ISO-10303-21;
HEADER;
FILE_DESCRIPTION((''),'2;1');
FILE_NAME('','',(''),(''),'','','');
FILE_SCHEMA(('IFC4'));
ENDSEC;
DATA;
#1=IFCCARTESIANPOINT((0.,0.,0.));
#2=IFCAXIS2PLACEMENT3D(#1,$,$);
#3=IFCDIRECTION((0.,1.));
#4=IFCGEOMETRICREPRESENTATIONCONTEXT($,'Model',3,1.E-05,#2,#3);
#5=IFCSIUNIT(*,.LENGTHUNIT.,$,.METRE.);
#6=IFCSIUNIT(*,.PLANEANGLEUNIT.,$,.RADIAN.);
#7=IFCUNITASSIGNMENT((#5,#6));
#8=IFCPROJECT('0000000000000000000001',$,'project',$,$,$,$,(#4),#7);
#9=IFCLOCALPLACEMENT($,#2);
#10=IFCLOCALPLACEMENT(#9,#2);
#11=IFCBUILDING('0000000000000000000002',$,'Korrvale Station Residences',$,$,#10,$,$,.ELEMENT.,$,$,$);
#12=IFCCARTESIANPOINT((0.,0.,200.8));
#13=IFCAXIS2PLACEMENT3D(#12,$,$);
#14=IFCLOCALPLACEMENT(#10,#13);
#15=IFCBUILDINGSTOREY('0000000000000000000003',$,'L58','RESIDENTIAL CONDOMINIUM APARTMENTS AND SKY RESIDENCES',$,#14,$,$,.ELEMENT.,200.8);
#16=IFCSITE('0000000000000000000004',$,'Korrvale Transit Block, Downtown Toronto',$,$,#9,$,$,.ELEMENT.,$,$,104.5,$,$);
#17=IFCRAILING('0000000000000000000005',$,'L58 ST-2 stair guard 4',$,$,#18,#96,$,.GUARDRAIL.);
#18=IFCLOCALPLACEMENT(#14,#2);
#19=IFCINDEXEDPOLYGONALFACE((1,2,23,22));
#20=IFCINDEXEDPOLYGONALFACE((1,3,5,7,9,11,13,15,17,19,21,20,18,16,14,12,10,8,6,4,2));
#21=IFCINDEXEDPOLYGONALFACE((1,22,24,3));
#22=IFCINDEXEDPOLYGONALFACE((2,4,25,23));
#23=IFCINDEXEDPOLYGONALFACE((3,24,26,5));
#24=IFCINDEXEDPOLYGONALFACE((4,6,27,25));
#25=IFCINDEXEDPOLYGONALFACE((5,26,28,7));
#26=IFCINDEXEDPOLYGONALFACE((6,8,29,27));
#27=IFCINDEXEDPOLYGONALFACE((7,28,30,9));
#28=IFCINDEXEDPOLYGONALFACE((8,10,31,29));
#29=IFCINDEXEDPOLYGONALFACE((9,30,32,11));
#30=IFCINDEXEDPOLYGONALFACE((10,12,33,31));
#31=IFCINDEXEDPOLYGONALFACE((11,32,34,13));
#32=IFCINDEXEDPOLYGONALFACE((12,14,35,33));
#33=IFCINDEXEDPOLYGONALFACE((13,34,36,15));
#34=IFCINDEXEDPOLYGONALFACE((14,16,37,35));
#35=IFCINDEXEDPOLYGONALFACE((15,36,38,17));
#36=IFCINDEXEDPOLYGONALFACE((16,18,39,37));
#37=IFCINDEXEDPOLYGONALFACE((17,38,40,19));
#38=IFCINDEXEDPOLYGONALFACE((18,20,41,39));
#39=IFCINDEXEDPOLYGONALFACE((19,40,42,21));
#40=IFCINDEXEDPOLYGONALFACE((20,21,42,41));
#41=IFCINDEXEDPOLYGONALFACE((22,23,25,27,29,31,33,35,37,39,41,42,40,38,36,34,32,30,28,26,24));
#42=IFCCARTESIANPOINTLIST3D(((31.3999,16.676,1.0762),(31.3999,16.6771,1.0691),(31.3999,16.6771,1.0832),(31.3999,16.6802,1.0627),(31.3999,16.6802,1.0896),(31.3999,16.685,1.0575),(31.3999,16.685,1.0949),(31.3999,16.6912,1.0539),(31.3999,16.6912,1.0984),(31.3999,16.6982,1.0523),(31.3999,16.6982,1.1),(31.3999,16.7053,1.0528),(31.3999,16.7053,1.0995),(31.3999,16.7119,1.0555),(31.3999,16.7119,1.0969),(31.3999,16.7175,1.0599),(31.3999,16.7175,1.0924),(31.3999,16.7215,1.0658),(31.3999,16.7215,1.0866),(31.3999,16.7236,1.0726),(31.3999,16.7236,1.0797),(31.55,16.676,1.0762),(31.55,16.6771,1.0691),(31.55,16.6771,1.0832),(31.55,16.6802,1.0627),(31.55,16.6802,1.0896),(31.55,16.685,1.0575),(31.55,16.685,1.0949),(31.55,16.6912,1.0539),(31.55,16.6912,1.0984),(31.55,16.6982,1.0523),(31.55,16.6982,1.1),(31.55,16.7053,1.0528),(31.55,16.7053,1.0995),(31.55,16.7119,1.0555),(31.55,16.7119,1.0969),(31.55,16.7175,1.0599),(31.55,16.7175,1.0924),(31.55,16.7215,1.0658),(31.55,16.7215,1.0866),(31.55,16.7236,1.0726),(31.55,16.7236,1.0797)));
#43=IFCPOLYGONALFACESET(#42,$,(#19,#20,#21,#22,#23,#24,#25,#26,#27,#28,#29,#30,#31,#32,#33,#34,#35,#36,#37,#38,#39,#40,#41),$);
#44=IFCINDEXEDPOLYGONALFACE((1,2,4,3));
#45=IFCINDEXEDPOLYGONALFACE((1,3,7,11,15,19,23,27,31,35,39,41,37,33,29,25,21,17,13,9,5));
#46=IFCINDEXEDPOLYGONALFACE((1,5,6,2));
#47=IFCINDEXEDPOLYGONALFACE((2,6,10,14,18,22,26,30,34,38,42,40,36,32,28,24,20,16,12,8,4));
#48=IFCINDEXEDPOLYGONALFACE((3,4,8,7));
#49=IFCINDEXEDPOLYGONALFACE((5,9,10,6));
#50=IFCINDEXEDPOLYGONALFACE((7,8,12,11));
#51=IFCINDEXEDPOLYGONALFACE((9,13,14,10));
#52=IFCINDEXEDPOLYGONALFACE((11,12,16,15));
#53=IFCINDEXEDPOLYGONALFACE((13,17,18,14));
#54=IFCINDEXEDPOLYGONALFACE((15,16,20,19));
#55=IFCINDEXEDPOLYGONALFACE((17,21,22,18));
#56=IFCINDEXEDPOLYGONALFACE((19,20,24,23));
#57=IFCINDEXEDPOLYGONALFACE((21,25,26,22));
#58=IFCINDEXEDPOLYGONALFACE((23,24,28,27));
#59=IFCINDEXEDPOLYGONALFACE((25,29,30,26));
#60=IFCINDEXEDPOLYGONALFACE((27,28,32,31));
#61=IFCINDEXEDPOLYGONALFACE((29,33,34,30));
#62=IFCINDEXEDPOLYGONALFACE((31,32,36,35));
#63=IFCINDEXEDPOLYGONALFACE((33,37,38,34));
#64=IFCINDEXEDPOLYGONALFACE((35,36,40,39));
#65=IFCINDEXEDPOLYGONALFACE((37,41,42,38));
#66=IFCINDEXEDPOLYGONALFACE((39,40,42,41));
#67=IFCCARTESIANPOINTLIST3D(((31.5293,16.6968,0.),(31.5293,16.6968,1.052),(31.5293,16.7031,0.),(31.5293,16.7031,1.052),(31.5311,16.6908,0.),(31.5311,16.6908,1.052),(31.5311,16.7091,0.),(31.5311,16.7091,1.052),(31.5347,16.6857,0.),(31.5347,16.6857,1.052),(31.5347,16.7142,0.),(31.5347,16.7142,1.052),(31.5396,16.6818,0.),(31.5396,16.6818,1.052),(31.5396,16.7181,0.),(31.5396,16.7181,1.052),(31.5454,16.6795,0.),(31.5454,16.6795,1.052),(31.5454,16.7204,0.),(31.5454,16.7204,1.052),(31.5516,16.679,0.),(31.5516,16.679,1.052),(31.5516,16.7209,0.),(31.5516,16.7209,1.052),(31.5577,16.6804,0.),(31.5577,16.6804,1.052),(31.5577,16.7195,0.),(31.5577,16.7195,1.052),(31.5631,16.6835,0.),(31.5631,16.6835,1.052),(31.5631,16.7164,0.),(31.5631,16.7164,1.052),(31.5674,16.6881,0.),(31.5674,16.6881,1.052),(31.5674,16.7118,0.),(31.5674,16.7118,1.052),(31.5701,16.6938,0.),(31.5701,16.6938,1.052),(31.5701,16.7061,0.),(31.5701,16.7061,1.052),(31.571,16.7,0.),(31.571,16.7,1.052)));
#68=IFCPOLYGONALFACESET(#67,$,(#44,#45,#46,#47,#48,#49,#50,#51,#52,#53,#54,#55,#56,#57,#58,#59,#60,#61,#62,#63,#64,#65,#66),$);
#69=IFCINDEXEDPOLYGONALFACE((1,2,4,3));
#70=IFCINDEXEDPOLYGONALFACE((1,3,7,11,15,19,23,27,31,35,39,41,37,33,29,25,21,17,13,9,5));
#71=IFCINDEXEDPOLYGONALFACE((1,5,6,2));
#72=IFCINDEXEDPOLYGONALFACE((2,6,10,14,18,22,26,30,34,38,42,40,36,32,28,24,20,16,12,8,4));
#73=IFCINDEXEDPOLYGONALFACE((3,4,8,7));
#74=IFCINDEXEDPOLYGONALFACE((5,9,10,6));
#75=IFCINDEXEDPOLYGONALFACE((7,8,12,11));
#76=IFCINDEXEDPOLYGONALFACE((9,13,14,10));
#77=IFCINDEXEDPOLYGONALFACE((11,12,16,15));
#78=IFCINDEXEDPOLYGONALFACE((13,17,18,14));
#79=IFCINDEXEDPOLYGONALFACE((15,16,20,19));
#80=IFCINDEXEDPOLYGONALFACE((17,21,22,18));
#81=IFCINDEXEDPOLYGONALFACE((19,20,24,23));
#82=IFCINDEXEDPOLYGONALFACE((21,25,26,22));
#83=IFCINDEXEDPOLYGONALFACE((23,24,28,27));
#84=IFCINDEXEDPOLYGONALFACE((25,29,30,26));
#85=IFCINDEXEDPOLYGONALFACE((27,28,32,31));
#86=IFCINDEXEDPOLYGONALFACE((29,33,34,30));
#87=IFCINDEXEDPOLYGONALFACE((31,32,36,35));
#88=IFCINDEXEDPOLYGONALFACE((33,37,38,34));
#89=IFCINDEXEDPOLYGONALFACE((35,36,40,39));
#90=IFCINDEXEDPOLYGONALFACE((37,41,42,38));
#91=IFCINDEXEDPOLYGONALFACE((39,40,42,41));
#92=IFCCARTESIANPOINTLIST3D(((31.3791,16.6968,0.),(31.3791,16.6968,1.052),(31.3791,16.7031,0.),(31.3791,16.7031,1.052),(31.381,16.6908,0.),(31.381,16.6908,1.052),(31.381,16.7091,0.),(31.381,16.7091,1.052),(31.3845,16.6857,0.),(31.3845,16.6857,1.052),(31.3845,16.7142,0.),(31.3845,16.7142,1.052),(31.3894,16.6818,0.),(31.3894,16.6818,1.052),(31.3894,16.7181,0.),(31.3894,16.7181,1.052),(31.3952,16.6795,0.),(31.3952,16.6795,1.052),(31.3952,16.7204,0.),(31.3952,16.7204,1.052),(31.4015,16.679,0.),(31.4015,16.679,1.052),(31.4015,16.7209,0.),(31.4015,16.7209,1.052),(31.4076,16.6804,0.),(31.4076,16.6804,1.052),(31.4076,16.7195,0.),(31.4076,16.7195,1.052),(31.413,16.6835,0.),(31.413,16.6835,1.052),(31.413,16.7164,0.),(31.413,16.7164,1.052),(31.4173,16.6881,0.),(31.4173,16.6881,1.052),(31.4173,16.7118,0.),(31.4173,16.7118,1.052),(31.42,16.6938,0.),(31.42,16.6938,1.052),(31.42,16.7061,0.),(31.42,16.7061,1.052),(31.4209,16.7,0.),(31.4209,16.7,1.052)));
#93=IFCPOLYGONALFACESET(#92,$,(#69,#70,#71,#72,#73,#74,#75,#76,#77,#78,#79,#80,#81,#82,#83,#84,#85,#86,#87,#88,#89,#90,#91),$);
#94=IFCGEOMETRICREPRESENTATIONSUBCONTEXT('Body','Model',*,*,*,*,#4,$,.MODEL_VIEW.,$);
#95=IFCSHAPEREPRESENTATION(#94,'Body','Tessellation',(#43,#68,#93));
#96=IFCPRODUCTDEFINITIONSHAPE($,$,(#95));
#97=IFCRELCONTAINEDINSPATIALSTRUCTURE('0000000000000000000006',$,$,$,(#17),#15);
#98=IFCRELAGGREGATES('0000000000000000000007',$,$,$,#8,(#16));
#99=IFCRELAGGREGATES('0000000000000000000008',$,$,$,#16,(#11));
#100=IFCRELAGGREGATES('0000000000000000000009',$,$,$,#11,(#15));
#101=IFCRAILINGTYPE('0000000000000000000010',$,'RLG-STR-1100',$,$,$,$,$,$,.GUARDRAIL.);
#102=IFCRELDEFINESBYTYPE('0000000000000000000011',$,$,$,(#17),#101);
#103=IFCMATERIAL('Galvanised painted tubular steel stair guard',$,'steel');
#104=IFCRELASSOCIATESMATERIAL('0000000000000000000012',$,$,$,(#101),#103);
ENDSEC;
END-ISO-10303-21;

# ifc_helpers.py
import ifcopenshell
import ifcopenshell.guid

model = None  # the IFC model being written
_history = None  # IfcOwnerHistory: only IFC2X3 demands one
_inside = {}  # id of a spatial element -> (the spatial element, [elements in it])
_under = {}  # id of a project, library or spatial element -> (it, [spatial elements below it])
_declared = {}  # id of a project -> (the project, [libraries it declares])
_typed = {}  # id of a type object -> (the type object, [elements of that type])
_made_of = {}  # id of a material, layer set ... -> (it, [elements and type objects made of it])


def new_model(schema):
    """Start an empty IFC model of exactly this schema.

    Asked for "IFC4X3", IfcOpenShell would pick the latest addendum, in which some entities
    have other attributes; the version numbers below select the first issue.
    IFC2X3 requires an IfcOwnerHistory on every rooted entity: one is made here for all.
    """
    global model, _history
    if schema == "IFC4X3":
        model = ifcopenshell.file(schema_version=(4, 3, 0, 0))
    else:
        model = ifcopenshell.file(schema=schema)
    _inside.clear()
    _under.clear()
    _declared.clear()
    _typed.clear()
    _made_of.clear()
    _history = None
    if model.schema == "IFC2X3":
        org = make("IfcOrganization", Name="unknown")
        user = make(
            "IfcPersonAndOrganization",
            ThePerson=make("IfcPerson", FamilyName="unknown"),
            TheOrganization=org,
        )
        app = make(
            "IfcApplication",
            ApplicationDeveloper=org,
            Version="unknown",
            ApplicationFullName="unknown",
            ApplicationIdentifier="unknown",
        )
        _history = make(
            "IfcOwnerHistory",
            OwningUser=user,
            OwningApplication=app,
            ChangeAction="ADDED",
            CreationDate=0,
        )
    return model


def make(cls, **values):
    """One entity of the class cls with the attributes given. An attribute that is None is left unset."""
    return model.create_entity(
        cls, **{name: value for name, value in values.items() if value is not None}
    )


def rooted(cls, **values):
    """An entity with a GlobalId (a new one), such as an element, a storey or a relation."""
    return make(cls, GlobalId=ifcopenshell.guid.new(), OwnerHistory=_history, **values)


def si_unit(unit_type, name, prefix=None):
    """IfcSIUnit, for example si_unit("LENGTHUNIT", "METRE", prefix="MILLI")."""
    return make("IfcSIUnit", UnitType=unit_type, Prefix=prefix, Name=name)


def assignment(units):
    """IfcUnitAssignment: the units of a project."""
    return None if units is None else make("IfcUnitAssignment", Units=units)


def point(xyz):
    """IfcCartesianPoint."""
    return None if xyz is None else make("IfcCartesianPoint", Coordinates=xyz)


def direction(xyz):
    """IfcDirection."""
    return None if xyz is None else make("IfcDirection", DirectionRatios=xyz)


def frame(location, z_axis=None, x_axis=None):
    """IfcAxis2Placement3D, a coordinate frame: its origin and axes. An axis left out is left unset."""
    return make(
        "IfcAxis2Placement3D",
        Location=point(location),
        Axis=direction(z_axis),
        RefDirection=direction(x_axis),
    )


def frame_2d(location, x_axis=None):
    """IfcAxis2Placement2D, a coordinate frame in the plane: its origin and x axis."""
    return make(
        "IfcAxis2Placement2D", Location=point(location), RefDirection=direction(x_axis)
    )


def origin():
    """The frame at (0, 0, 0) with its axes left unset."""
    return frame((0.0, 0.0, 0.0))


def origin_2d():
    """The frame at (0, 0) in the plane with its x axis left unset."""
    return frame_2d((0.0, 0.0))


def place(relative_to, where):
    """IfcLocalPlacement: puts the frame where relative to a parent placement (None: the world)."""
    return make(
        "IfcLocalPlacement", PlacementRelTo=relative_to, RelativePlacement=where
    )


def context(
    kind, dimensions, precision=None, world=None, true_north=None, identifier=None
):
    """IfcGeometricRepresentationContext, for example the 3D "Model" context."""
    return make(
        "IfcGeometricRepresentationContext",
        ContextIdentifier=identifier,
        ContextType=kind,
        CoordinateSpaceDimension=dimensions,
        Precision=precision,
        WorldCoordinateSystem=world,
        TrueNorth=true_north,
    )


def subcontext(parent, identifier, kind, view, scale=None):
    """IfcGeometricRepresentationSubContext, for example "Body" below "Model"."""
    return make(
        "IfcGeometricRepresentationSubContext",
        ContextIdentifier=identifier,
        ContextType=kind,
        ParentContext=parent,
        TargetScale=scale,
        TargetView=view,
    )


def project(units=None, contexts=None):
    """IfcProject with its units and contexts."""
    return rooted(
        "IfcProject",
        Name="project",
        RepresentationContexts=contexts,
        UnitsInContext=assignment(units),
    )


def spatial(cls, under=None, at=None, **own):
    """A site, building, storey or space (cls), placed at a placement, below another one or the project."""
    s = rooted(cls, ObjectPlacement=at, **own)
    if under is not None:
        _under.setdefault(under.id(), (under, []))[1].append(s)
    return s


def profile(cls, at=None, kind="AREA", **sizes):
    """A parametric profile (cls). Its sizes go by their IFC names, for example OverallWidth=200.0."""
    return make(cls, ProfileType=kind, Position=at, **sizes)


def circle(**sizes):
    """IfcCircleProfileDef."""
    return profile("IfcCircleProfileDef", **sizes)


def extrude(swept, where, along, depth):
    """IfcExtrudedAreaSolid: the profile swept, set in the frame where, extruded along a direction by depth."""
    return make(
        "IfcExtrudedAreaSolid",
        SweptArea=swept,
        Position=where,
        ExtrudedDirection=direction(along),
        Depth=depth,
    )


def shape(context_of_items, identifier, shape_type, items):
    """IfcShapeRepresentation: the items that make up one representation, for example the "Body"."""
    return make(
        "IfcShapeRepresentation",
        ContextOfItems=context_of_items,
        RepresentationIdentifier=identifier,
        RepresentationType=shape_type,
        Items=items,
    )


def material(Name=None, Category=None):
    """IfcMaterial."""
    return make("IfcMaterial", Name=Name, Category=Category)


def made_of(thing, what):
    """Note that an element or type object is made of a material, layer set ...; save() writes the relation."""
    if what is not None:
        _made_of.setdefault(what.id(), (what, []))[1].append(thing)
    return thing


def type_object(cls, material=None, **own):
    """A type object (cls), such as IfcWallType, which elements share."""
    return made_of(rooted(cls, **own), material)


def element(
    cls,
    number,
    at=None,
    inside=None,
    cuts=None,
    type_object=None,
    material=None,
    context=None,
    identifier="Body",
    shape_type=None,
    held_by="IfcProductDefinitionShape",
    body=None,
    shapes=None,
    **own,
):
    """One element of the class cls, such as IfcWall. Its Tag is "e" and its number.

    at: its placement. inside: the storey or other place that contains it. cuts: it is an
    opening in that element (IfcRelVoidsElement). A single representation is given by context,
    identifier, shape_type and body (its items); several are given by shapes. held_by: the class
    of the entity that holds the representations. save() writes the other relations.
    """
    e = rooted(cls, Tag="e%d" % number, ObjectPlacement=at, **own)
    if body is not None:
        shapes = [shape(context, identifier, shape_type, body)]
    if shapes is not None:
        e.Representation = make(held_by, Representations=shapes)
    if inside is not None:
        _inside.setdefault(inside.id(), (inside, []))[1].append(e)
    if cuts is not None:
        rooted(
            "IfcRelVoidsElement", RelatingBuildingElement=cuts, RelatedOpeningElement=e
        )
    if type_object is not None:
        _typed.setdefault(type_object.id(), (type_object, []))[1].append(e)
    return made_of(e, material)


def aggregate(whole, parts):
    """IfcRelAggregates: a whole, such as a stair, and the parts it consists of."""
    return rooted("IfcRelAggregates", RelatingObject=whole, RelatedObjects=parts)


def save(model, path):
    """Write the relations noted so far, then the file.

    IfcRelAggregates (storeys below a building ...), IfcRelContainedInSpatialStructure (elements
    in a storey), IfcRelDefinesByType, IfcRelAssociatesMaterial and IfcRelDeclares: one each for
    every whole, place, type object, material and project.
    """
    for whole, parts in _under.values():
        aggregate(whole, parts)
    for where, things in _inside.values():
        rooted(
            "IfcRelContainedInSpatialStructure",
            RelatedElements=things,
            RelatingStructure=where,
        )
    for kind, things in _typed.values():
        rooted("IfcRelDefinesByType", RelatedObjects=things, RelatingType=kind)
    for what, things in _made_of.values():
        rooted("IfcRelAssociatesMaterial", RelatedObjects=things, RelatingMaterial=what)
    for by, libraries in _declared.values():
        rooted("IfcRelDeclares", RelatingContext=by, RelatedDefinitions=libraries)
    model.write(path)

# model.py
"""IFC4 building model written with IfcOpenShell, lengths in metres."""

from ifc_helpers import new_model, si_unit, direction, frame, origin, origin_2d, place, context, subcontext, project, spatial, circle, extrude, material, type_object, element, save


model = new_model("IFC4")

# Units and contexts
model_context = context("Model", 3, precision=1e-05, world=origin(), true_north=direction((0.0, 1.0)))
body_context = subcontext(model_context, "Body", "Model", "MODEL_VIEW")
ifc_project = project(units=[si_unit("LENGTHUNIT", "METRE"), si_unit("PLANEANGLEUNIT", "RADIAN")], contexts=[model_context])

# Site, building, storey
site_placement = place(None, origin())
site = spatial("IfcSite", under=ifc_project, at=site_placement, Name="Korrvale Transit Block, Downtown Toronto", CompositionType="ELEMENT", RefElevation=104.5)
building_placement = place(site_placement, origin())
building = spatial("IfcBuilding", under=site, at=building_placement, Name="Korrvale Station Residences", CompositionType="ELEMENT")
storey_placement = place(building_placement, frame((0.0, 0.0, 200.8)))
storey = spatial("IfcBuildingStorey", under=building, at=storey_placement, Name="L58", Description="RESIDENTIAL CONDOMINIUM APARTMENTS AND SKY RESIDENCES", CompositionType="ELEMENT", Elevation=200.8)

# Railing
ifc_material_1 = material(Name="Galvanised painted tubular steel stair guard", Category="steel")
railing_type_1 = type_object("IfcRailingType", Name="RLG-STR-1100", PredefinedType="GUARDRAIL", material=ifc_material_1)
railing_1_placement = place(storey_placement, frame((31.55, 16.7, 0.0)))
element("IfcRailing", 1, at=railing_1_placement, inside=storey, type_object=railing_type_1, Name="L58 ST-2 stair guard 4", PredefinedType="GUARDRAIL", context=body_context, shape_type="SweptSolid", body=[
    extrude(circle(Radius=0.0239, at=origin_2d()), frame((0.0, 0.0, 1.0762), z_axis=(-1.0, 0.0, 0.0), x_axis=(0.0, -1.0, 0.0)), (0.0, 0.0, 1.0), 0.1501),
    extrude(circle(Radius=0.021, at=origin_2d()), origin(), (0.0, 0.0, 1.0), 1.052),
    extrude(circle(Radius=0.021, at=origin_2d()), frame((-0.1501, 0.0, 0.0)), (0.0, 0.0, 1.0), 1.052),
])

save(model, "model.ifc")
